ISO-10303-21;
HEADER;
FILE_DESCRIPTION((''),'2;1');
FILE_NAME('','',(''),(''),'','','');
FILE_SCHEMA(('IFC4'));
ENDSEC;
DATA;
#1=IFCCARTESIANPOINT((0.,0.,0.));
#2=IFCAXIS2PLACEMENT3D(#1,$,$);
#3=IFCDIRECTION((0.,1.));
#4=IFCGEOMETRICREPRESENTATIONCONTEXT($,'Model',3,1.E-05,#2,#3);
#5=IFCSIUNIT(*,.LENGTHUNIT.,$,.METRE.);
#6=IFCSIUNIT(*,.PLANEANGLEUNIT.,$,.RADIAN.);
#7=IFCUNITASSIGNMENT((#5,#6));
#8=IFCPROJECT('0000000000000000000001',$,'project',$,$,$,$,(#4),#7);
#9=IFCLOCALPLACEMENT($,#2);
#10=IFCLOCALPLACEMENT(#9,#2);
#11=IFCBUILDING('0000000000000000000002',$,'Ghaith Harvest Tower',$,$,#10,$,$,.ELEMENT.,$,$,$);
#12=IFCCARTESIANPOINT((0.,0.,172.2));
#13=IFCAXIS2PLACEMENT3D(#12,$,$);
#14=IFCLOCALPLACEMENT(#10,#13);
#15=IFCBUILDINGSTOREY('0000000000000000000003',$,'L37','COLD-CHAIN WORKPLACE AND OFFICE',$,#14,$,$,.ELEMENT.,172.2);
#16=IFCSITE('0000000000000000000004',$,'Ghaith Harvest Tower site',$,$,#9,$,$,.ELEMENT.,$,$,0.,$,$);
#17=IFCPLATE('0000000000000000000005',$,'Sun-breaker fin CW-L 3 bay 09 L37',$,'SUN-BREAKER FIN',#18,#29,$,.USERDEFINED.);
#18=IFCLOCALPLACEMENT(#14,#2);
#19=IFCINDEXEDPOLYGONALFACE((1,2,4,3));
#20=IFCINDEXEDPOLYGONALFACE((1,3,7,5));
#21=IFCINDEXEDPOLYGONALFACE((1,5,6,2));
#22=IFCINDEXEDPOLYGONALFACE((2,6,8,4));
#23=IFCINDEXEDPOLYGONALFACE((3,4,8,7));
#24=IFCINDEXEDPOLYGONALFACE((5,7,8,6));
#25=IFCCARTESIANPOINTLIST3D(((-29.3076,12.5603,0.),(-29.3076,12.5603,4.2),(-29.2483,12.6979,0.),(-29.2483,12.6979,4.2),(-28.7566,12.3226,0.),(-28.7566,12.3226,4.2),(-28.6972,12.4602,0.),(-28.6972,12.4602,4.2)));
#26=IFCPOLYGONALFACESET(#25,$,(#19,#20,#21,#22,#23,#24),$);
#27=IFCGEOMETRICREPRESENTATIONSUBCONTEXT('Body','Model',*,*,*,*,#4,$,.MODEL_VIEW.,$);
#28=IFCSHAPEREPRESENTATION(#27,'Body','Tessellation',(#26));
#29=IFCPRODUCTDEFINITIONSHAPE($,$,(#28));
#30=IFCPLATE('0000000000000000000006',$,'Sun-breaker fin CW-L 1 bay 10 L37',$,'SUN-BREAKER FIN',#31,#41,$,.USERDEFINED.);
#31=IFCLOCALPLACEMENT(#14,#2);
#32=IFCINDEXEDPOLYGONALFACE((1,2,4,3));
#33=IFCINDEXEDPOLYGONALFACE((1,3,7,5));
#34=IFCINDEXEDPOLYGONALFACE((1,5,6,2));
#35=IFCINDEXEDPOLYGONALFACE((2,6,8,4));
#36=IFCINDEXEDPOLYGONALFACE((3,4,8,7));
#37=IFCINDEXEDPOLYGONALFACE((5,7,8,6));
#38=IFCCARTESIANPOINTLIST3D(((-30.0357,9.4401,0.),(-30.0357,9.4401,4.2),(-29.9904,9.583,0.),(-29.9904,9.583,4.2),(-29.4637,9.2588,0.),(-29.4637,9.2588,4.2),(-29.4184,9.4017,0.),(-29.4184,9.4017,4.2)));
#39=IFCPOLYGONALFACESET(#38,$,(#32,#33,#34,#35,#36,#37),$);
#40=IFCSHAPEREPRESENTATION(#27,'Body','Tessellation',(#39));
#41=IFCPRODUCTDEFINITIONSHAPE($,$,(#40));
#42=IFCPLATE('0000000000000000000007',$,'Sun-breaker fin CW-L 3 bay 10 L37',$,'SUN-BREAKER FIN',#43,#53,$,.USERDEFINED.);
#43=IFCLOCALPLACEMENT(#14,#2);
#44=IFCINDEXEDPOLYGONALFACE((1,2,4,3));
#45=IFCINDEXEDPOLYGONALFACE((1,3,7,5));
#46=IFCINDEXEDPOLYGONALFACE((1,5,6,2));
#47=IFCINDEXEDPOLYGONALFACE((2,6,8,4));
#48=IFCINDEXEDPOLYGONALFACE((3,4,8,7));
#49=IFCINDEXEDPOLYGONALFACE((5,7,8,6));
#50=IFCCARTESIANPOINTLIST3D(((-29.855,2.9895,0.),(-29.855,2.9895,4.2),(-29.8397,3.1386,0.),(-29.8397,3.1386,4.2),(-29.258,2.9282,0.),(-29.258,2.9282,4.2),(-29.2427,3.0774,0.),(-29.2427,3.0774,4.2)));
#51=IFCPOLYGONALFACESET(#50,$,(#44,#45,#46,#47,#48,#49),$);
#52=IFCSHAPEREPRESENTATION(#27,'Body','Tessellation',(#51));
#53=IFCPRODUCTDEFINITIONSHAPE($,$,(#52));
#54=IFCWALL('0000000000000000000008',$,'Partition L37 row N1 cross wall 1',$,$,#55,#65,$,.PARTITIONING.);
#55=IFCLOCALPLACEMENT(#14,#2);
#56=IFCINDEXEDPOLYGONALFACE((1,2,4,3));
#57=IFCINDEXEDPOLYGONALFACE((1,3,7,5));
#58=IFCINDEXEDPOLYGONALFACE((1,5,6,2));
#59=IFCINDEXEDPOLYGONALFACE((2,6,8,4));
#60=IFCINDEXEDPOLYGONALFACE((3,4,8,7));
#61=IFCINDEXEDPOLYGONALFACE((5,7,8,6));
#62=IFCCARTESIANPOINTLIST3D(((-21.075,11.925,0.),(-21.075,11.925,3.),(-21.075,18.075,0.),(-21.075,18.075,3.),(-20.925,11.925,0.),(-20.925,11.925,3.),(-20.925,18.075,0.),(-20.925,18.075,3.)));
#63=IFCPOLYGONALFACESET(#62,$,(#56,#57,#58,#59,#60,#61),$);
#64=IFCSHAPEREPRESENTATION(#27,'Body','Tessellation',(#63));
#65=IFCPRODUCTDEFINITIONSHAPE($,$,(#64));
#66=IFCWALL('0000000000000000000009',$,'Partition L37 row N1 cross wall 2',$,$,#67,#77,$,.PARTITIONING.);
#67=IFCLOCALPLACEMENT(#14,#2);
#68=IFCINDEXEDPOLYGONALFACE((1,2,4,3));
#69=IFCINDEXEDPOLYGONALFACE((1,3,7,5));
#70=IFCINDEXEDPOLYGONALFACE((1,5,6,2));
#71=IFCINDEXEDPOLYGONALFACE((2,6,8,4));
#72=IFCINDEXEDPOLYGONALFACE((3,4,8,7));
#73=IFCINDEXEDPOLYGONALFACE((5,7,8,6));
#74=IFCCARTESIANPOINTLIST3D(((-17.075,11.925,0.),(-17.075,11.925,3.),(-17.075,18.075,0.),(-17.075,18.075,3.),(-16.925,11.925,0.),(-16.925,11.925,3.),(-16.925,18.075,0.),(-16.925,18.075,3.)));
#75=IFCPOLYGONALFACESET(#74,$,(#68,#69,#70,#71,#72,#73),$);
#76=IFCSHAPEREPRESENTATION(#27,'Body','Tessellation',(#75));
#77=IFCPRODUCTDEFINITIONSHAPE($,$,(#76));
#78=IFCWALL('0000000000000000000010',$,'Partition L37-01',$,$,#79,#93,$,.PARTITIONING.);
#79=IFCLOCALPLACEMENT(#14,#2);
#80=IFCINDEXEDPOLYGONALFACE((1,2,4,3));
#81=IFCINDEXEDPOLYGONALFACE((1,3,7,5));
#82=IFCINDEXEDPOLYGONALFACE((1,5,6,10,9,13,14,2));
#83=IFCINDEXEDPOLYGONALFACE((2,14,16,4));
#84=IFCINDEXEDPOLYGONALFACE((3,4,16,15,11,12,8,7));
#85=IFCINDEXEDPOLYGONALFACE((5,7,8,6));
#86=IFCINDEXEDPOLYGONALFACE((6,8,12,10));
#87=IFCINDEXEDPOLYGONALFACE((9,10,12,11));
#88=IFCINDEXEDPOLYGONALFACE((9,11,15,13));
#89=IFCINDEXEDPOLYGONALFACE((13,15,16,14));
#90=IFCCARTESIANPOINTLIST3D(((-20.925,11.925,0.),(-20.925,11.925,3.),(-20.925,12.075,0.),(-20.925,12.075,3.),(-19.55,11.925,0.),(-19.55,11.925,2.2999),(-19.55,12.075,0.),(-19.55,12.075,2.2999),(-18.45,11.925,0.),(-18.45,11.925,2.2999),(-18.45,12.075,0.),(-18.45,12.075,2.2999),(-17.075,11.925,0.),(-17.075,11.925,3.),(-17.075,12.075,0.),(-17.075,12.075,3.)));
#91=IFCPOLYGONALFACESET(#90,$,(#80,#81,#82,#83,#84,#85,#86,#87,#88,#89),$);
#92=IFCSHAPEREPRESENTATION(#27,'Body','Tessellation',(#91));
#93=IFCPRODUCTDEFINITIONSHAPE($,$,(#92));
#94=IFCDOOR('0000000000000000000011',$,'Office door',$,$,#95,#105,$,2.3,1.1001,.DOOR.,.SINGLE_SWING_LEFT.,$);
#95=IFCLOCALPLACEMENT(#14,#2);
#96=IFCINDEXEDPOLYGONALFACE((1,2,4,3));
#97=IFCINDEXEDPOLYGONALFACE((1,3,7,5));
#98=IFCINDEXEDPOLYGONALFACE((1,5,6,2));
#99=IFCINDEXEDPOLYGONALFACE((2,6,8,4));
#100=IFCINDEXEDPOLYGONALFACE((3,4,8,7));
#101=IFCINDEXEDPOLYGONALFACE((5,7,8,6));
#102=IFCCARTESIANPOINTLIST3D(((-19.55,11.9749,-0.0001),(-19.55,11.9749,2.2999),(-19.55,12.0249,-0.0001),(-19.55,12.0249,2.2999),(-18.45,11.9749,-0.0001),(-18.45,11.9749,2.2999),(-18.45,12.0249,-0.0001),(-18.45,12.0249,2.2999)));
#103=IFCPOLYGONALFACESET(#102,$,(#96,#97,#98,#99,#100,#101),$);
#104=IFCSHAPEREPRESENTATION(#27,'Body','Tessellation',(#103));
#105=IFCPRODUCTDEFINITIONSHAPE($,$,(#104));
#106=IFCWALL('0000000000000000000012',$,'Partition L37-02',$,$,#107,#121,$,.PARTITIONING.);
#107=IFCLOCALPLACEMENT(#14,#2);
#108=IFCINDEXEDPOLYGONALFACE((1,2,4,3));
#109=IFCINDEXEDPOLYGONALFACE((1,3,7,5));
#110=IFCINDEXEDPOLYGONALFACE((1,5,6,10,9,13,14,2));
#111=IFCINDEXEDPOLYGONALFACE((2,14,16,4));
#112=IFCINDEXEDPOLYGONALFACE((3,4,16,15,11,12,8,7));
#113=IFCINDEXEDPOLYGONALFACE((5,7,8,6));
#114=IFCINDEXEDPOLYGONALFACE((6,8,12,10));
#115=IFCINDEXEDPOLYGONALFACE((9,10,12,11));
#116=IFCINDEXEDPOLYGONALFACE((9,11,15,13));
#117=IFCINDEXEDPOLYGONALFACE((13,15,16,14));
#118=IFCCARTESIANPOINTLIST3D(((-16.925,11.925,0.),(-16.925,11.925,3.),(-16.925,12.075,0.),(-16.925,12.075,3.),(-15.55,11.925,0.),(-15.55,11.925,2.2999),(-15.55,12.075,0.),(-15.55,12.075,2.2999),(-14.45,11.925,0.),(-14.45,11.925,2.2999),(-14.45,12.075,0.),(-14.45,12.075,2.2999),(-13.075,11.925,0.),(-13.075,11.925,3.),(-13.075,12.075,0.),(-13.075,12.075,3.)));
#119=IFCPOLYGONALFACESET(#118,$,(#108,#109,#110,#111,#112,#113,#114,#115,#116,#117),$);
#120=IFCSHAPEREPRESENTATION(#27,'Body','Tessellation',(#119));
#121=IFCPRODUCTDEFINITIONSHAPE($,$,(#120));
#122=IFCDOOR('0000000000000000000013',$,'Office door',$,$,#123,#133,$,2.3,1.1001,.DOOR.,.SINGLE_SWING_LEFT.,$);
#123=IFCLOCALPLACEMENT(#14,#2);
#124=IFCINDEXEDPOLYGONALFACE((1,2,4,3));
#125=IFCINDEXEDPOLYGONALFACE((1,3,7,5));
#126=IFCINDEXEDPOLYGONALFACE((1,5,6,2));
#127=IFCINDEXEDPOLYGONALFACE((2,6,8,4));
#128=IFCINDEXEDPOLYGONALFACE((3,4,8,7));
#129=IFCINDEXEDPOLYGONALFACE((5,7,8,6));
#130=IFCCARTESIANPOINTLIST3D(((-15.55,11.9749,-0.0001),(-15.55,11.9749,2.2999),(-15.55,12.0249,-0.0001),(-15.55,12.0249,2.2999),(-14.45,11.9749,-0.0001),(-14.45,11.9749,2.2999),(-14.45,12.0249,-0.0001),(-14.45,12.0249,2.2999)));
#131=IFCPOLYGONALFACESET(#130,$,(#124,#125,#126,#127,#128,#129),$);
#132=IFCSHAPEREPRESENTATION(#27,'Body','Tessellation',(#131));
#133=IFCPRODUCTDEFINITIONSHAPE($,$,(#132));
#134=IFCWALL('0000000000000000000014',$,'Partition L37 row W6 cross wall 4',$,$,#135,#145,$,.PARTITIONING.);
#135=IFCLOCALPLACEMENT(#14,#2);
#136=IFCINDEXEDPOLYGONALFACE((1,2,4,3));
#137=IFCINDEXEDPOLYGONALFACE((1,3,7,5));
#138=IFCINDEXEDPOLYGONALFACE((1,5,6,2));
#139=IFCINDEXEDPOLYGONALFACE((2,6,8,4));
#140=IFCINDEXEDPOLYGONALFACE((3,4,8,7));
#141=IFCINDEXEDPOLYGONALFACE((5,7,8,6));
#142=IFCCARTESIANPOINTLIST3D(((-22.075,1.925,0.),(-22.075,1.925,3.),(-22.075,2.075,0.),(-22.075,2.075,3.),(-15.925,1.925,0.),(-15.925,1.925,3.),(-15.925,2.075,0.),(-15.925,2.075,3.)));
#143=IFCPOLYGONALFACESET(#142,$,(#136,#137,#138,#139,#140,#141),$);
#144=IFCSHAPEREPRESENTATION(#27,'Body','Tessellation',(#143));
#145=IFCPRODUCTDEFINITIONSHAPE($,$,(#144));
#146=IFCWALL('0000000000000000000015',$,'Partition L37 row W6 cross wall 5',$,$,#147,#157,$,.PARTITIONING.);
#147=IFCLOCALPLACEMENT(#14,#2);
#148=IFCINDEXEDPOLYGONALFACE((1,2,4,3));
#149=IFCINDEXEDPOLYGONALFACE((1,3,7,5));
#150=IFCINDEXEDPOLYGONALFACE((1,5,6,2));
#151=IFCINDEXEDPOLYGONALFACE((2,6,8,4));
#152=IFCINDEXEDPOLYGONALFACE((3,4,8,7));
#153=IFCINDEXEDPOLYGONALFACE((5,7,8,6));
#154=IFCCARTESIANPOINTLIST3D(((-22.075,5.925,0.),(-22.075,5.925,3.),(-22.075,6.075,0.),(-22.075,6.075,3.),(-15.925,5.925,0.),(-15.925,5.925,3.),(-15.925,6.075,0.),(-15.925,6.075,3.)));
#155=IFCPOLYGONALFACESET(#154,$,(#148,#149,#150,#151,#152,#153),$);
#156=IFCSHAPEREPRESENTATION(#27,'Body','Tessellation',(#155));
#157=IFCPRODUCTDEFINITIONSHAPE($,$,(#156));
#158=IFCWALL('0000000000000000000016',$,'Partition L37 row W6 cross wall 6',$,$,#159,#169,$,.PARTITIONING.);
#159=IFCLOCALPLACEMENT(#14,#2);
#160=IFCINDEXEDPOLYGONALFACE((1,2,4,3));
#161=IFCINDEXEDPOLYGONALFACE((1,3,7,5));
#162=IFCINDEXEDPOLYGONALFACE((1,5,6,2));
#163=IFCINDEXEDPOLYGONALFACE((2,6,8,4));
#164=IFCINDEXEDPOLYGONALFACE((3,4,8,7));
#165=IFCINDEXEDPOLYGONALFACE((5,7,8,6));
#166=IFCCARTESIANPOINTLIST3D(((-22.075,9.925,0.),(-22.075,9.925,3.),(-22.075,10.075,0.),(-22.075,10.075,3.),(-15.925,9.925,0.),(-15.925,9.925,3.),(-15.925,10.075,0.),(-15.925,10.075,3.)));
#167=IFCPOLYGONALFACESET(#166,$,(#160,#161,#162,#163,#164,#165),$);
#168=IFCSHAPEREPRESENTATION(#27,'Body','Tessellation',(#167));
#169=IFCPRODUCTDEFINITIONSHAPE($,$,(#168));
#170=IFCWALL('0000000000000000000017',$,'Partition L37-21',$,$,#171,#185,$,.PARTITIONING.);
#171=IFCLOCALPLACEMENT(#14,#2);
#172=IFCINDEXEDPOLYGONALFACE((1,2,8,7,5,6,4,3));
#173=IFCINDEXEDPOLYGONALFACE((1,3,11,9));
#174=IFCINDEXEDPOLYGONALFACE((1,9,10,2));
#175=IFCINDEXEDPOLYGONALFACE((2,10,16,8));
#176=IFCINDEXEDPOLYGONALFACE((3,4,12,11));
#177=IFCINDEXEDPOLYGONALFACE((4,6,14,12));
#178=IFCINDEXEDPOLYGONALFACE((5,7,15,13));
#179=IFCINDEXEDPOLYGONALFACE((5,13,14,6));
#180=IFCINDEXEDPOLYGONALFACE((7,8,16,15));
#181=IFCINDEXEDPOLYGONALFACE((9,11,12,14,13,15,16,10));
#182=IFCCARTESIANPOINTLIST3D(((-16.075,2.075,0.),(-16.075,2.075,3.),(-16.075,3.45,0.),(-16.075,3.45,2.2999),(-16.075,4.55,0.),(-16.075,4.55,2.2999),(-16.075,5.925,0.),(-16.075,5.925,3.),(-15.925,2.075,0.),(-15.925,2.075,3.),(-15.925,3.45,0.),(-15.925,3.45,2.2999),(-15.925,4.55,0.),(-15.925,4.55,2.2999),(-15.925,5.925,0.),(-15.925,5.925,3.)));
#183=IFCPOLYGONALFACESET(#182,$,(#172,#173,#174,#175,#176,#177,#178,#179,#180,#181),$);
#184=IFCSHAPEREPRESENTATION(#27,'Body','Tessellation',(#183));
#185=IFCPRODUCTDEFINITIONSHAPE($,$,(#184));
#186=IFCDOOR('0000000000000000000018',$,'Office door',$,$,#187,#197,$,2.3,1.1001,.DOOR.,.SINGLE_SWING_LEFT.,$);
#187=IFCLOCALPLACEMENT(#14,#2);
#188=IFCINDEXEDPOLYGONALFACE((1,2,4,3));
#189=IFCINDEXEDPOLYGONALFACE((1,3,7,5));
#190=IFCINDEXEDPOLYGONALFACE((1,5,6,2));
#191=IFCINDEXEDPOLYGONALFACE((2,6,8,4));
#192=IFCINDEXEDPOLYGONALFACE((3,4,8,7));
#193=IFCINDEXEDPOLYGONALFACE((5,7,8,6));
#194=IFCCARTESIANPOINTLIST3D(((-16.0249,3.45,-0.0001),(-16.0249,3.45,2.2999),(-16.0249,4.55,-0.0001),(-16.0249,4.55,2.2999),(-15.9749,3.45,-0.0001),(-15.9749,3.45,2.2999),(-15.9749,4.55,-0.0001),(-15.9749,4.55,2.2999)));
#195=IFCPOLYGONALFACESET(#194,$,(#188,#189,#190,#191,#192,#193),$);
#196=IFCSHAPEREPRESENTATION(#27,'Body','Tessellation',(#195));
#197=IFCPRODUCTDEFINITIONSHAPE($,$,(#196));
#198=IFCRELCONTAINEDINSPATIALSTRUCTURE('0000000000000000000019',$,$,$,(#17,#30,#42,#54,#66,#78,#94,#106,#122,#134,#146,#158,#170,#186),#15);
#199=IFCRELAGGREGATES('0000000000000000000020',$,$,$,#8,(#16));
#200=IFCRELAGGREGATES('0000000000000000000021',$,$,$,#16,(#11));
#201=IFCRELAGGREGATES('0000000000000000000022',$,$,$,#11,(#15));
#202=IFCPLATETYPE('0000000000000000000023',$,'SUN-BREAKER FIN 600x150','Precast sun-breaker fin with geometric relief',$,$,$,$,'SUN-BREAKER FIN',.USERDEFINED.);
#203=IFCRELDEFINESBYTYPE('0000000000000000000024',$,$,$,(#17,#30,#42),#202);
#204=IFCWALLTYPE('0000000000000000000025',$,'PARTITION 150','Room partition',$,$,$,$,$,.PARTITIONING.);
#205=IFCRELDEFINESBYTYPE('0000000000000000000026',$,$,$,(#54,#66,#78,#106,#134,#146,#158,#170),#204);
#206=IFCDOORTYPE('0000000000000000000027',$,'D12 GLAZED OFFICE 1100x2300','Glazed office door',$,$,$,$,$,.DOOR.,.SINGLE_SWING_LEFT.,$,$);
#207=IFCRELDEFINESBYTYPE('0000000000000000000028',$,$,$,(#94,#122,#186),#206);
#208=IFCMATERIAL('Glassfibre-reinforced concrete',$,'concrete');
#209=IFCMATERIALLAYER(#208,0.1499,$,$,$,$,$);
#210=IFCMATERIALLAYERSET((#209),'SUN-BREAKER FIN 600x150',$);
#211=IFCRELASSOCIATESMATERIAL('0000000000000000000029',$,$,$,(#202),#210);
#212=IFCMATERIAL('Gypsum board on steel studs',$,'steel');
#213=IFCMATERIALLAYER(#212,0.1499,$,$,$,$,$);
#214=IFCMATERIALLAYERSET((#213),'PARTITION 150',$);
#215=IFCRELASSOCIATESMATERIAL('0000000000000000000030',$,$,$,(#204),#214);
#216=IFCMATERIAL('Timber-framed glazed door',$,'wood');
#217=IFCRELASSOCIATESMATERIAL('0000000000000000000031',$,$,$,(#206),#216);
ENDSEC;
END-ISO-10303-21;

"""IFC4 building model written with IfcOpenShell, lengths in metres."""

from ifc_helpers import new_model, si_unit, direction, frame, frame_2d, origin, origin_2d, place, context, subcontext, project, spatial, rectangle, extrude, material, layer, layer_set, type_object, element, fill, save


model = new_model("IFC4")

# Units and contexts
model_context = context("Model", 3, precision=1e-05, world=origin(), true_north=direction((0.0, 1.0)))
body_context = subcontext(model_context, "Body", "Model", "MODEL_VIEW")
ifc_project = project(units=[si_unit("LENGTHUNIT", "METRE"), si_unit("PLANEANGLEUNIT", "RADIAN")], contexts=[model_context])

# Site, building, storey
site_placement = place(None, origin())
site = spatial("IfcSite", under=ifc_project, at=site_placement, Name="Ghaith Harvest Tower site", CompositionType="ELEMENT", RefElevation=0.0)
building_placement = place(site_placement, origin())
building = spatial("IfcBuilding", under=site, at=building_placement, Name="Ghaith Harvest Tower", CompositionType="ELEMENT")
storey_placement = place(building_placement, frame((0.0, 0.0, 172.2)))
storey = spatial("IfcBuildingStorey", under=building, at=storey_placement, Name="L37", Description="COLD-CHAIN WORKPLACE AND OFFICE", CompositionType="ELEMENT", Elevation=172.2)

# Plates
ifc_material_1 = material(Name="Glassfibre-reinforced concrete", Category="concrete")
ifc_layer_1 = layer(ifc_material_1, 0.1499)
ifc_layer_set_1 = layer_set([ifc_layer_1], Name="SUN-BREAKER FIN 600x150")
plate_type_1 = type_object("IfcPlateType", Name="SUN-BREAKER FIN 600x150", Description="Precast sun-breaker fin with geometric relief", ElementType="SUN-BREAKER FIN", PredefinedType="USERDEFINED", material=ifc_layer_set_1)
for number, where, z_axis, x_axis, name in (
    (1, (-29.0024, 12.5103, 0.0), (0.0, 0.0, 1.0), (-0.918218, 0.396075, 0.0), "Sun-breaker fin CW-L 3 bay 09 L37"),
    (2, (-29.7271, 9.4209, 0.0), (0.0, 0.0, 1.0), (-0.953273, 0.30211, 0.0), "Sun-breaker fin CW-L 1 bay 10 L37"),
    (3, (-29.5488, 3.0334, 0.0), (0.0, 0.0, 1.0), (-0.994772, 0.102123, 0.0), "Sun-breaker fin CW-L 3 bay 10 L37"),
):
    element("IfcPlate", number, at=place(storey_placement, frame(where, z_axis=z_axis, x_axis=x_axis)), inside=storey, type_object=plate_type_1, Name=name, ObjectType="SUN-BREAKER FIN", PredefinedType="USERDEFINED", context=body_context, shape_type="SweptSolid", body=[
        extrude(rectangle(XDim=0.6001, YDim=0.1499, at=origin_2d()), origin(), (0.0, 0.0, 1.0), 4.2),
    ])

# Walls
ifc_material_2 = material(Name="Gypsum board on steel studs", Category="steel")
ifc_layer_2 = layer(ifc_material_2, 0.1499)
ifc_layer_set_2 = layer_set([ifc_layer_2], Name="PARTITION 150")
wall_type = type_object("IfcWallType", Name="PARTITION 150", Description="Room partition", PredefinedType="PARTITIONING", material=ifc_layer_set_2)
for number, where, z_axis, x_axis, name in (
    (4, (-21.0, 11.925, 0.0), (0.0, 0.0, 1.0), (0.0, 1.0, 0.0), "Partition L37 row N1 cross wall 1"),
    (5, (-17.0, 11.925, 0.0), (0.0, 0.0, 1.0), (0.0, 1.0, 0.0), "Partition L37 row N1 cross wall 2"),
):
    element("IfcWall", number, at=place(storey_placement, frame(where, z_axis=z_axis, x_axis=x_axis)), inside=storey, type_object=wall_type, Name=name, PredefinedType="PARTITIONING", context=body_context, shape_type="SweptSolid", body=[
        extrude(rectangle(XDim=6.1499, YDim=0.1499, at=frame_2d((3.075, 0.0))), origin(), (0.0, 0.0, 1.0), 3.0),
    ])

# Walls, openings, doors
wall_1_placement = place(storey_placement, frame((-20.925, 12.0, 0.0), z_axis=(0.0, 0.0, 1.0), x_axis=(1.0, 0.0, 0.0)))
wall_1 = element("IfcWall", 6, at=wall_1_placement, inside=storey, type_object=wall_type, Name="Partition L37-01", PredefinedType="PARTITIONING", context=body_context, shape_type="SweptSolid", body=[
    extrude(rectangle(XDim=3.8501, YDim=0.1499, at=frame_2d((1.925, 0.0))), origin(), (0.0, 0.0, 1.0), 3.0),
])
opening_1_placement = place(wall_1_placement, frame((1.375, 0.0, 0.0)))
opening_1 = element("IfcOpeningElement", 7, at=opening_1_placement, cuts=wall_1, PredefinedType="OPENING", context=body_context, shape_type="SweptSolid", body=[
    extrude(rectangle(XDim=1.1001, YDim=2.3, at=frame_2d((0.55, 1.1499))), frame((0.0, 0.085, 0.0), z_axis=(0.0, -1.0, 0.0), x_axis=(1.0, 0.0, 0.0)), (0.0, 0.0, 1.0), 0.1699),
])
ifc_material_3 = material(Name="Timber-framed glazed door", Category="wood")
door_type = type_object("IfcDoorType", Name="D12 GLAZED OFFICE 1100x2300", Description="Glazed office door", OperationType="SINGLE_SWING_LEFT", PredefinedType="DOOR", material=ifc_material_3)
door_1_placement = place(opening_1_placement, origin())
door_1 = element("IfcDoor", 8, at=door_1_placement, inside=storey, type_object=door_type, Name="Office door", OperationType="SINGLE_SWING_LEFT", OverallHeight=2.3, OverallWidth=1.1001, PredefinedType="DOOR", context=body_context, shape_type="SweptSolid", body=[
    extrude(rectangle(XDim=1.1001, YDim=2.3, at=frame_2d((0.55, 1.1499))), frame((0.0, 0.0249, 0.0), z_axis=(0.0, -1.0, 0.0), x_axis=(1.0, 0.0, 0.0)), (0.0, 0.0, 1.0), 0.05),
])
fill(opening_1, door_1)
wall_2_placement = place(storey_placement, frame((-16.925, 12.0, 0.0), z_axis=(0.0, 0.0, 1.0), x_axis=(1.0, 0.0, 0.0)))
wall_2 = element("IfcWall", 9, at=wall_2_placement, inside=storey, type_object=wall_type, Name="Partition L37-02", PredefinedType="PARTITIONING", context=body_context, shape_type="SweptSolid", body=[
    extrude(rectangle(XDim=3.8501, YDim=0.1499, at=frame_2d((1.925, 0.0))), origin(), (0.0, 0.0, 1.0), 3.0),
])
opening_2_placement = place(wall_2_placement, frame((1.375, 0.0, 0.0)))
opening_2 = element("IfcOpeningElement", 10, at=opening_2_placement, cuts=wall_2, PredefinedType="OPENING", context=body_context, shape_type="SweptSolid", body=[
    extrude(rectangle(XDim=1.1001, YDim=2.3, at=frame_2d((0.55, 1.1499))), frame((0.0, 0.085, 0.0), z_axis=(0.0, -1.0, 0.0), x_axis=(1.0, 0.0, 0.0)), (0.0, 0.0, 1.0), 0.1699),
])
door_2_placement = place(opening_2_placement, origin())
door_2 = element("IfcDoor", 11, at=door_2_placement, inside=storey, type_object=door_type, Name="Office door", OperationType="SINGLE_SWING_LEFT", OverallHeight=2.3, OverallWidth=1.1001, PredefinedType="DOOR", context=body_context, shape_type="SweptSolid", body=[
    extrude(rectangle(XDim=1.1001, YDim=2.3, at=frame_2d((0.55, 1.1499))), frame((0.0, 0.0249, 0.0), z_axis=(0.0, -1.0, 0.0), x_axis=(1.0, 0.0, 0.0)), (0.0, 0.0, 1.0), 0.05),
])
fill(opening_2, door_2)

# Walls
for number, where, z_axis, x_axis, name in (
    (12, (-15.925, 2.0, 0.0), (0.0, 0.0, 1.0), (-1.0, 0.0, 0.0), "Partition L37 row W6 cross wall 4"),
    (13, (-15.925, 6.0, 0.0), (0.0, 0.0, 1.0), (-1.0, 0.0, 0.0), "Partition L37 row W6 cross wall 5"),
    (14, (-15.925, 10.0, 0.0), (0.0, 0.0, 1.0), (-1.0, 0.0, 0.0), "Partition L37 row W6 cross wall 6"),
):
    element("IfcWall", number, at=place(storey_placement, frame(where, z_axis=z_axis, x_axis=x_axis)), inside=storey, type_object=wall_type, Name=name, PredefinedType="PARTITIONING", context=body_context, shape_type="SweptSolid", body=[
        extrude(rectangle(XDim=6.1499, YDim=0.1499, at=frame_2d((3.075, 0.0))), origin(), (0.0, 0.0, 1.0), 3.0),
    ])

# Wall, opening, door
wall_3_placement = place(storey_placement, frame((-16.0, 2.075, 0.0), z_axis=(0.0, 0.0, 1.0), x_axis=(0.0, 1.0, 0.0)))
wall_3 = element("IfcWall", 15, at=wall_3_placement, inside=storey, type_object=wall_type, Name="Partition L37-21", PredefinedType="PARTITIONING", context=body_context, shape_type="SweptSolid", body=[
    extrude(rectangle(XDim=3.8501, YDim=0.1499, at=frame_2d((1.925, 0.0))), origin(), (0.0, 0.0, 1.0), 3.0),
])
opening_3_placement = place(wall_3_placement, frame((1.375, 0.0, 0.0)))
opening_3 = element("IfcOpeningElement", 16, at=opening_3_placement, cuts=wall_3, PredefinedType="OPENING", context=body_context, shape_type="SweptSolid", body=[
    extrude(rectangle(XDim=1.1001, YDim=2.3, at=frame_2d((0.55, 1.1499))), frame((0.0, 0.085, 0.0), z_axis=(0.0, -1.0, 0.0), x_axis=(1.0, 0.0, 0.0)), (0.0, 0.0, 1.0), 0.1699),
])
door_3_placement = place(opening_3_placement, origin())
door_3 = element("IfcDoor", 17, at=door_3_placement, inside=storey, type_object=door_type, Name="Office door", OperationType="SINGLE_SWING_LEFT", OverallHeight=2.3, OverallWidth=1.1001, PredefinedType="DOOR", context=body_context, shape_type="SweptSolid", body=[
    extrude(rectangle(XDim=1.1001, YDim=2.3, at=frame_2d((0.55, 1.1499))), frame((0.0, 0.0249, 0.0), z_axis=(0.0, -1.0, 0.0), x_axis=(1.0, 0.0, 0.0)), (0.0, 0.0, 1.0), 0.05),
])
fill(opening_3, door_3)

save(model, "model.ifc")
